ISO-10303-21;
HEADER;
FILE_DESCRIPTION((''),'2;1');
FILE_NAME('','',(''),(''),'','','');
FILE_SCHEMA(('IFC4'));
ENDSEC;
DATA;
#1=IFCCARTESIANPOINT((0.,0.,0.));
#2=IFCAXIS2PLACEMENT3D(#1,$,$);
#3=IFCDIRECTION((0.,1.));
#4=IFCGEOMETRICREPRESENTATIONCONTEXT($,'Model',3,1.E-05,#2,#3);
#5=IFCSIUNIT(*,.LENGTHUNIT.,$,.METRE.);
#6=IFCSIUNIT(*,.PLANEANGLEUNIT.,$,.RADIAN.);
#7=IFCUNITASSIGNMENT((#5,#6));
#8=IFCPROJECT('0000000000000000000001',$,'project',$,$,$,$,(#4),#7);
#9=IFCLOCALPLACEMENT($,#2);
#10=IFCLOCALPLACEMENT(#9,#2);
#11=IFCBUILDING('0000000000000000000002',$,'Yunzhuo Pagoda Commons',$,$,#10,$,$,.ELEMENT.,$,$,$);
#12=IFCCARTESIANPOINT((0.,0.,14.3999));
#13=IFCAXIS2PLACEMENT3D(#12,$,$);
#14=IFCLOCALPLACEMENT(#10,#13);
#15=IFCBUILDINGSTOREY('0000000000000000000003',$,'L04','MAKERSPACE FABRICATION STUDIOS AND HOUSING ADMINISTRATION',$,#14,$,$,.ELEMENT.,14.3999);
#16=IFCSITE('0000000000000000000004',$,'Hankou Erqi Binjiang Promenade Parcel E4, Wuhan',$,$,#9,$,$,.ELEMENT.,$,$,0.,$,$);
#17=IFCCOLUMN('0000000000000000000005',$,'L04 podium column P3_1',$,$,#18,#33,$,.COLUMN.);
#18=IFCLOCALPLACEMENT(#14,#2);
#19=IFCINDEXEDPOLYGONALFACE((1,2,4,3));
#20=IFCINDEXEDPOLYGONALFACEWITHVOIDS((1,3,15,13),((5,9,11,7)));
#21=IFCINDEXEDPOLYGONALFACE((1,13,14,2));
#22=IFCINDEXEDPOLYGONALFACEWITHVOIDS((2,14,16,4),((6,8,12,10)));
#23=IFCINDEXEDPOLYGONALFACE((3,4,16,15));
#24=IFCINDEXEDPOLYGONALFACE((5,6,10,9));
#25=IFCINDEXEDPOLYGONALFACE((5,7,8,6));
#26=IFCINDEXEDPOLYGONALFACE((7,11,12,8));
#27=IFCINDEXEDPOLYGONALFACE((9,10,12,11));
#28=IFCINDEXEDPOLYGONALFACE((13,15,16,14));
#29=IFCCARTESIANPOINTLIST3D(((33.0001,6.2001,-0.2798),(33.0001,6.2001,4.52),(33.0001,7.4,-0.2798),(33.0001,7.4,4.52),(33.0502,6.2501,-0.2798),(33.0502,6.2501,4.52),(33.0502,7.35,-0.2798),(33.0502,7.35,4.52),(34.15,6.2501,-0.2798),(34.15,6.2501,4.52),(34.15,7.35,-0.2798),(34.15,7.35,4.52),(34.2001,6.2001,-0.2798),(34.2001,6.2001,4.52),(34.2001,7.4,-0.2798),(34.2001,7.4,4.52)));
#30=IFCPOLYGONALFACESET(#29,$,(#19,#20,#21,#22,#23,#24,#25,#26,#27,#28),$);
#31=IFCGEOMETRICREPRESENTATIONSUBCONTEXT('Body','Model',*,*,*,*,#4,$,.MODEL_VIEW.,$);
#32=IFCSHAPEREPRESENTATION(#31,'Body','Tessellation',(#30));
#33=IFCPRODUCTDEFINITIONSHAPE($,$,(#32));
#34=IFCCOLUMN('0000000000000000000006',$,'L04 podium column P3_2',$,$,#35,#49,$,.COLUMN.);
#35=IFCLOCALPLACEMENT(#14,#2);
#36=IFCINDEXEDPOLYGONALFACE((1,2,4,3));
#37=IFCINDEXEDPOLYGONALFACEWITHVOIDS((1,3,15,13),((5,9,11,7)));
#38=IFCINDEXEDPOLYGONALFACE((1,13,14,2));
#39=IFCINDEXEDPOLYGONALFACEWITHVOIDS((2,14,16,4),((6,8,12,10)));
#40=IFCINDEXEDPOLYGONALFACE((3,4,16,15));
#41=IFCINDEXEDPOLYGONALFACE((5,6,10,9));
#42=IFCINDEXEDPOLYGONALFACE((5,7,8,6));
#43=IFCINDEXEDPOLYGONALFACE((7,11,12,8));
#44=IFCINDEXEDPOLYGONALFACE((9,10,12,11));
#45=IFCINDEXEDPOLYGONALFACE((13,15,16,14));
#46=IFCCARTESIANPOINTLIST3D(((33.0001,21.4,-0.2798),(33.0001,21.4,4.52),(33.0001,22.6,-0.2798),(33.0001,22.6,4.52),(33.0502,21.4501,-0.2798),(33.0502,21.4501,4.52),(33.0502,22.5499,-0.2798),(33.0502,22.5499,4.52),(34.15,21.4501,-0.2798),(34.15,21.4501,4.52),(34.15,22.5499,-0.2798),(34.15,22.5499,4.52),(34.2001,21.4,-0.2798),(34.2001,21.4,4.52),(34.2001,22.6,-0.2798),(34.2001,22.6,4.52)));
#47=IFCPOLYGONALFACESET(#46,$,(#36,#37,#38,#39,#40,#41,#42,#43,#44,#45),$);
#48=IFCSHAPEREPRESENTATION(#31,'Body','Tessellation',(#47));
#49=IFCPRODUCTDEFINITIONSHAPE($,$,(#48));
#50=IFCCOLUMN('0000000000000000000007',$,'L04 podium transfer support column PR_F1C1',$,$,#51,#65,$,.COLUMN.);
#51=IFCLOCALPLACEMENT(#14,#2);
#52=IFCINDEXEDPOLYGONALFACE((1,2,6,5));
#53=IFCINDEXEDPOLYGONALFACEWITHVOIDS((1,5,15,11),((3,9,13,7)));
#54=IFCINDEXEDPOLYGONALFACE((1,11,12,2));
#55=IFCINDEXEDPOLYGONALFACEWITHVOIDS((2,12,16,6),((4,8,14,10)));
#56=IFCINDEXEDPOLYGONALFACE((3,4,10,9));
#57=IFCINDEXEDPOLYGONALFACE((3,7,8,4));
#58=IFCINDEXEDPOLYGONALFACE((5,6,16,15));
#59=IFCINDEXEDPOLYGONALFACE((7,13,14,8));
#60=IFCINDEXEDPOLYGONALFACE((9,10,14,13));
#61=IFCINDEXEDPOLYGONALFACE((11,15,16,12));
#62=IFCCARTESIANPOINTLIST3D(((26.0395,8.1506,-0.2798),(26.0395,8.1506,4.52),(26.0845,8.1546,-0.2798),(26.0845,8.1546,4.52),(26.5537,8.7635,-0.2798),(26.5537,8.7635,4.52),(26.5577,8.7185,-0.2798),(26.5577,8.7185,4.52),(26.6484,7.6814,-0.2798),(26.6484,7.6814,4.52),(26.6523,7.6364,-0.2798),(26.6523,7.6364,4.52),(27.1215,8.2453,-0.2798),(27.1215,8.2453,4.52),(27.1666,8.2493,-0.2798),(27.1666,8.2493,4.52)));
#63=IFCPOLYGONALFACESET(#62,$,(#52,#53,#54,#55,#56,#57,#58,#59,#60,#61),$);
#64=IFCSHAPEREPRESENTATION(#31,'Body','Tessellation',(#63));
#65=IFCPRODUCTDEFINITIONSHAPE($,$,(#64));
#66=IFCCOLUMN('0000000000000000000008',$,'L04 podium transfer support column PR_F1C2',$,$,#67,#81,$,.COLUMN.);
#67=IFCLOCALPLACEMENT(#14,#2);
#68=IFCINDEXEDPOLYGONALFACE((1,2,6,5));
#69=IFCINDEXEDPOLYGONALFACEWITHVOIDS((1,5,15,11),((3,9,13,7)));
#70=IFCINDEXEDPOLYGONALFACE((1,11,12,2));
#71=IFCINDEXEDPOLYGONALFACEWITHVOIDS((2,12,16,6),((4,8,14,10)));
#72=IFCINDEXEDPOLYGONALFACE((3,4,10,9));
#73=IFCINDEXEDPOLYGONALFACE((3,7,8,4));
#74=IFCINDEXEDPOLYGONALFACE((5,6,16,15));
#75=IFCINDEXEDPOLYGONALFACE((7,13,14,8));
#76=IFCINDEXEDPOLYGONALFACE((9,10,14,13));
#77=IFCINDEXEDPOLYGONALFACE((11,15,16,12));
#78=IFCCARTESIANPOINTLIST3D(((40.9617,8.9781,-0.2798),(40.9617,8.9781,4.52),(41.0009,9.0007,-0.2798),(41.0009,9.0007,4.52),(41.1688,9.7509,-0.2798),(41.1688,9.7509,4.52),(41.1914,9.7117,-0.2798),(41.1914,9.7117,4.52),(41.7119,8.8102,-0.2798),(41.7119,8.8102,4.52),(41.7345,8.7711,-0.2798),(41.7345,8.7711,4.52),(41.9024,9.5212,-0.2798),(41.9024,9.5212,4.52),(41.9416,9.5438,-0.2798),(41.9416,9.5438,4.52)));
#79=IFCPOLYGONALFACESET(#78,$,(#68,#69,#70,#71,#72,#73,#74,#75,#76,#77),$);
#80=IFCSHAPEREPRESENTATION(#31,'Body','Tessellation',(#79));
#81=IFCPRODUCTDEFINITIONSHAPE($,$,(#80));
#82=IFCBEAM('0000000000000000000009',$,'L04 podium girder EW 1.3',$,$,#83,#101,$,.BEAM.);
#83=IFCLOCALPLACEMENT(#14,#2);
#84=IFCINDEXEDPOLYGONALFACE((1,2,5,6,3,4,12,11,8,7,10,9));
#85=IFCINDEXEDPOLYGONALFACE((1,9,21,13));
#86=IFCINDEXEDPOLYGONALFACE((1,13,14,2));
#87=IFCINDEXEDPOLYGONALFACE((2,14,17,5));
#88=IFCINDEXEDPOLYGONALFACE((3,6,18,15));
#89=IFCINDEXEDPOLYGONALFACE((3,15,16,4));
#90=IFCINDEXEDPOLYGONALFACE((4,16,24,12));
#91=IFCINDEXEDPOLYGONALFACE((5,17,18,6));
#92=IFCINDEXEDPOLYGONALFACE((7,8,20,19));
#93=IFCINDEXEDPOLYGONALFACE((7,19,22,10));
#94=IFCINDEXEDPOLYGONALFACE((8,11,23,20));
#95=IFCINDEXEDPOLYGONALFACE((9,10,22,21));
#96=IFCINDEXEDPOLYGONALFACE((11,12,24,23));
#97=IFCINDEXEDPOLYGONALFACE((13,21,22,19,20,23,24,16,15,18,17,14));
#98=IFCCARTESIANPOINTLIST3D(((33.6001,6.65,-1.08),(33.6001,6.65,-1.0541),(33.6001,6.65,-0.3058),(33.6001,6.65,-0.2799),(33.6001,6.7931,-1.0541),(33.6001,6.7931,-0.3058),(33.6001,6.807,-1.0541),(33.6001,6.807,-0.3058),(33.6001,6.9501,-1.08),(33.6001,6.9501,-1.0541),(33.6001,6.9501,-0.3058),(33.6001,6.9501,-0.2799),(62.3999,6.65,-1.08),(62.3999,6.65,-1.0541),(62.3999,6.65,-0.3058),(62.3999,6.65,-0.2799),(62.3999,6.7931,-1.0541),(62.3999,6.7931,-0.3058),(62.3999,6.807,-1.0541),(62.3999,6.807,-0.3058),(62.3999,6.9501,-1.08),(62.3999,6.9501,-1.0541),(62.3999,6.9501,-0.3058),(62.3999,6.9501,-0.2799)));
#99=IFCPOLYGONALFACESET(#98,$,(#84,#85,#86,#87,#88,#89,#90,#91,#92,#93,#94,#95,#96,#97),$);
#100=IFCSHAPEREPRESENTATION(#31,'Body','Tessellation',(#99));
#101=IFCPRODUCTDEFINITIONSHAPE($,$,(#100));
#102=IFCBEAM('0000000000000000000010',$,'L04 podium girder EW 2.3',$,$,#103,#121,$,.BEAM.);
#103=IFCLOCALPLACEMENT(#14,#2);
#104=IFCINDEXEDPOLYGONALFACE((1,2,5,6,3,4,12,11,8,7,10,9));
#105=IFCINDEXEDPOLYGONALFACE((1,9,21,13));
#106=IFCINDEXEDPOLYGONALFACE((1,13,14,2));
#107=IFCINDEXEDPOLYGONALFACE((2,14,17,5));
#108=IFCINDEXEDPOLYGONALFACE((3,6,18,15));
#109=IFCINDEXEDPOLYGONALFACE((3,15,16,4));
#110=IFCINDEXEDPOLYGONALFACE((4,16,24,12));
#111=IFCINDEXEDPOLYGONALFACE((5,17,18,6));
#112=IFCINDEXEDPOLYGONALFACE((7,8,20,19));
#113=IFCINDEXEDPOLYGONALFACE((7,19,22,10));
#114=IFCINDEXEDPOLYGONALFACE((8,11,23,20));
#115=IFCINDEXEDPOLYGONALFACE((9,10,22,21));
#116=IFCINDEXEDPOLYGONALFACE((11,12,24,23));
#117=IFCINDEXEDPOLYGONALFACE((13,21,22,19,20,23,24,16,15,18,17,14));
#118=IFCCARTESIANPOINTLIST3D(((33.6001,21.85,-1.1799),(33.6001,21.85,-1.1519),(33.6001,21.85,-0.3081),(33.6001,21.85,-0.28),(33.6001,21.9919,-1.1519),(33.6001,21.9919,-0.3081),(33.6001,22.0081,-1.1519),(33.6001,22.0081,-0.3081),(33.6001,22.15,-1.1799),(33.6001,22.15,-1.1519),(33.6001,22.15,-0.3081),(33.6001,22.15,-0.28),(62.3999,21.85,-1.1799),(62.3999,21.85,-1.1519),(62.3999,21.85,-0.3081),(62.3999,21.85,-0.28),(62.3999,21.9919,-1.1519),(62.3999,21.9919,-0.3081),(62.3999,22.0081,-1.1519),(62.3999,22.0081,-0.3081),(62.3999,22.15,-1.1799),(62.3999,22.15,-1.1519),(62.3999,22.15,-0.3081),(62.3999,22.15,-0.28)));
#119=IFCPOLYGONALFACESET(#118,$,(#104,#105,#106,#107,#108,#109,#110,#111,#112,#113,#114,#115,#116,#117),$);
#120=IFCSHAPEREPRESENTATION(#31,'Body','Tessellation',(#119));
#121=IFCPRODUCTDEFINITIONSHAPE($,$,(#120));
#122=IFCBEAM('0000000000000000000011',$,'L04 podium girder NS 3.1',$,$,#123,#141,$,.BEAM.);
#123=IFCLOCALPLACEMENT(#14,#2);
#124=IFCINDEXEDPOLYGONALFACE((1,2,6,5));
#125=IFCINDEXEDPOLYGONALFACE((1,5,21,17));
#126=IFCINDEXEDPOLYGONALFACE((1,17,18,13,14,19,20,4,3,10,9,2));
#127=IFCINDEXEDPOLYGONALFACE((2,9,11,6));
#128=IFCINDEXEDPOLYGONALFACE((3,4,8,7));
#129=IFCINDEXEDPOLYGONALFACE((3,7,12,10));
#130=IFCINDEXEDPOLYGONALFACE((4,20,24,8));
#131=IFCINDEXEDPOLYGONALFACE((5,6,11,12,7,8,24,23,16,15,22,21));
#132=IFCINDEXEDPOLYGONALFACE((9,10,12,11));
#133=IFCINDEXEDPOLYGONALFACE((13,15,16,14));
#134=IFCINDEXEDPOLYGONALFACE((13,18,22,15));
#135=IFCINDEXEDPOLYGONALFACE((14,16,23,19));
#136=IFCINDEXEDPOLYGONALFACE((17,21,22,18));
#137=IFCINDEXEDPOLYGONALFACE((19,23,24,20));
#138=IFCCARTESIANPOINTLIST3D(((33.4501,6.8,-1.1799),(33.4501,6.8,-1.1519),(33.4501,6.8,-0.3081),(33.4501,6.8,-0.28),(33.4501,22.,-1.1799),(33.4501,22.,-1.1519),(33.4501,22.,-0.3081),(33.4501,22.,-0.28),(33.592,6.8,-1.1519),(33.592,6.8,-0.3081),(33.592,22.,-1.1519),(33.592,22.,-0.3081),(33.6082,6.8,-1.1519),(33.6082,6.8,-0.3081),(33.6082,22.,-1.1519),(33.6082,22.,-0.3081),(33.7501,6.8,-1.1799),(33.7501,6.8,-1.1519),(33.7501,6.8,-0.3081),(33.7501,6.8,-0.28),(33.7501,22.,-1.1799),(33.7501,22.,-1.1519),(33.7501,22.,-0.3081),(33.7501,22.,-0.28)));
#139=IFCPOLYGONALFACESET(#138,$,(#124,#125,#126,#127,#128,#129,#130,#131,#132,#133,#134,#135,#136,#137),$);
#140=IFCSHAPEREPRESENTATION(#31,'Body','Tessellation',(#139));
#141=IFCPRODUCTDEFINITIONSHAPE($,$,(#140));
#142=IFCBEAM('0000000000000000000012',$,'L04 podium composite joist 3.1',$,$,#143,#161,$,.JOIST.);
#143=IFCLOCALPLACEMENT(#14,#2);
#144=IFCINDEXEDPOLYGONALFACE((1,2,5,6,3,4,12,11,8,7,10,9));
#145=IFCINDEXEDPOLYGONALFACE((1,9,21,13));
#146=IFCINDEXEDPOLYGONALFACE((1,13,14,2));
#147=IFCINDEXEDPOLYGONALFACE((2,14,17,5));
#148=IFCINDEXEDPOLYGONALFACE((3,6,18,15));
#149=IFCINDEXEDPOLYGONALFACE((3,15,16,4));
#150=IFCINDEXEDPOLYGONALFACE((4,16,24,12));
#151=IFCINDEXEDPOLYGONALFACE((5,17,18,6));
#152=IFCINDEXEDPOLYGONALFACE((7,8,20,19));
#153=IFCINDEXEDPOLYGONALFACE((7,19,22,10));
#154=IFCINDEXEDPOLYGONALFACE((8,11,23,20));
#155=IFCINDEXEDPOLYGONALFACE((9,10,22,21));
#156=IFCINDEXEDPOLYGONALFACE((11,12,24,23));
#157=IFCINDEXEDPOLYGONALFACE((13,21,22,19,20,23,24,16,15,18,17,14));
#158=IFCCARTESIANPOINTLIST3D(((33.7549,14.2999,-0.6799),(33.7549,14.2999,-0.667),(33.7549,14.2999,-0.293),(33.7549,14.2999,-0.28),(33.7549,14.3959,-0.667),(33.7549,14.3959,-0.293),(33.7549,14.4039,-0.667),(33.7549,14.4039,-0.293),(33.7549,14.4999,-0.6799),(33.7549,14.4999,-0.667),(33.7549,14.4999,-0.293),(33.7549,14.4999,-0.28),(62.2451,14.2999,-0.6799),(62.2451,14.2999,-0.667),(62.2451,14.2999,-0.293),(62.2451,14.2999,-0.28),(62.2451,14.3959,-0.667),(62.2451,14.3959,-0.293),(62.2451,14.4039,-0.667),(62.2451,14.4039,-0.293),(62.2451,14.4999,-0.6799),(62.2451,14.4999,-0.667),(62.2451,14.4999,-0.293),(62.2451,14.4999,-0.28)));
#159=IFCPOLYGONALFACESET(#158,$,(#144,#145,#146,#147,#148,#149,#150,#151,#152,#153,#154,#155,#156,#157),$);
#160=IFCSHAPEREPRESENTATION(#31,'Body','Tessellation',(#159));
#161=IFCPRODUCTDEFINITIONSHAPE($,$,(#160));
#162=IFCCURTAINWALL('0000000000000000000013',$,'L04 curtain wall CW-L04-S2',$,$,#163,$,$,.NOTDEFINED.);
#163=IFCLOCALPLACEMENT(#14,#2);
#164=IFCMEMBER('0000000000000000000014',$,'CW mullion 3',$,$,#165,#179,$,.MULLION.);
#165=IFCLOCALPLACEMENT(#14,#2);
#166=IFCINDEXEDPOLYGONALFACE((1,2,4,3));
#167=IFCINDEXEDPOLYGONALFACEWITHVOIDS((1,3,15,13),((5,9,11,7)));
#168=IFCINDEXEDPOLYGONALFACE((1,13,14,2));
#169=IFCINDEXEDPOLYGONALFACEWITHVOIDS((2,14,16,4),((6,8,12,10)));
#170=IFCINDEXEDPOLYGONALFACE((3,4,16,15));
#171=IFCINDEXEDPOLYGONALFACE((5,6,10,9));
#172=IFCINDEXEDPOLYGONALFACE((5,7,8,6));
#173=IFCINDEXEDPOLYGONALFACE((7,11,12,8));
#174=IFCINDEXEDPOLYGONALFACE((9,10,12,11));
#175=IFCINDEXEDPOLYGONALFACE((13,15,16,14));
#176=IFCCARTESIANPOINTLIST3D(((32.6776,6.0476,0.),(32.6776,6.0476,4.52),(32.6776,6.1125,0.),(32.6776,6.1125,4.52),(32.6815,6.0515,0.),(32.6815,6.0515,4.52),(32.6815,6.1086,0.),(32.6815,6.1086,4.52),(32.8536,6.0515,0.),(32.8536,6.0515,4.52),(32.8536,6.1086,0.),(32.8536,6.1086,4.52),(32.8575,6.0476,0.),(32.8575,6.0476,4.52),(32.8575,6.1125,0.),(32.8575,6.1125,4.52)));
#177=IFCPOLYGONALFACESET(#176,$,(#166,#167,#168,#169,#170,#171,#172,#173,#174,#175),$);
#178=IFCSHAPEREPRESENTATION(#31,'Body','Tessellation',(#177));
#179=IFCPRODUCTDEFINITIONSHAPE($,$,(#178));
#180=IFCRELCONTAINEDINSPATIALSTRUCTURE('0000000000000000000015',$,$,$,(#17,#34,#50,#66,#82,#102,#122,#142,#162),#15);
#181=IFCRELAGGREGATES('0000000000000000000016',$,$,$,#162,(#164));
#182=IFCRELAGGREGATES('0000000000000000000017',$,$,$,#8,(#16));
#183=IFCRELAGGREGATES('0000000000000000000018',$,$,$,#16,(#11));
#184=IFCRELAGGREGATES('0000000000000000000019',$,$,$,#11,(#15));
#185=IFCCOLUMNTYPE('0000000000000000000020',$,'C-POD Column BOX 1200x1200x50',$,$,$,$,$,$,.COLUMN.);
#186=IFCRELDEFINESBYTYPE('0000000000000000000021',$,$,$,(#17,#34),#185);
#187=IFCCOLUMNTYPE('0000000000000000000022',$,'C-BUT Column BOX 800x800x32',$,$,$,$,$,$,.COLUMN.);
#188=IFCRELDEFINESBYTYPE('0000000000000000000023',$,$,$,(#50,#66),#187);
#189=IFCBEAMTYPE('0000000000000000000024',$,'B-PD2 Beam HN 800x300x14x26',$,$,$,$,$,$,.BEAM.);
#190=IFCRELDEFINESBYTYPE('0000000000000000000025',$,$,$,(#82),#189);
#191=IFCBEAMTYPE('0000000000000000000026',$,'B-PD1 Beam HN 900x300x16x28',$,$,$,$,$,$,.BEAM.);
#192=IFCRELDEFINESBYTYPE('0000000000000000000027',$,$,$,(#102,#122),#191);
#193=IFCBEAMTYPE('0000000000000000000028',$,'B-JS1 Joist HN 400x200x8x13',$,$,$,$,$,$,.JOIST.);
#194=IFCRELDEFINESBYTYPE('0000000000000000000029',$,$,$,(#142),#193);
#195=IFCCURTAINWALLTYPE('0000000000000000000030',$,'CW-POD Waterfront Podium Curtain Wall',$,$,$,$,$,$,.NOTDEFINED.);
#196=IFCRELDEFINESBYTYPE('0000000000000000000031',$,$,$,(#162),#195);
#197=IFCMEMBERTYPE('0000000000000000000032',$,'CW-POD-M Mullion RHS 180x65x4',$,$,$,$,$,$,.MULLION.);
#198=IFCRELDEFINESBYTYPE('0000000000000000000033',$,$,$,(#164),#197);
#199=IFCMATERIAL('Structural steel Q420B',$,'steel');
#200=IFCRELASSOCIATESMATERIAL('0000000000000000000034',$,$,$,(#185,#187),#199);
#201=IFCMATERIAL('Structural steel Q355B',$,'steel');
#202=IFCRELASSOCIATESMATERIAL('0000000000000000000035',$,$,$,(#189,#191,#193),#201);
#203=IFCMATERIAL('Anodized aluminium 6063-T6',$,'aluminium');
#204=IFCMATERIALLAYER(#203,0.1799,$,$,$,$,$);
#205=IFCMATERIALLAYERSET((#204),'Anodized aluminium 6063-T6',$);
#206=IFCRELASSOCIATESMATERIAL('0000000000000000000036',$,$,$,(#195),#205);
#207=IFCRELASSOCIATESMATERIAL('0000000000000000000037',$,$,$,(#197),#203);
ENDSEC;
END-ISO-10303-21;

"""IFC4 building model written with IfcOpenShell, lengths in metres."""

from ifc_helpers import new_model, si_unit, direction, frame, origin, origin_2d, place, context, subcontext, project, spatial, hollow_rectangle, i_section, extrude, source, transform, mapped, material, layer, layer_set, material_profile, profile_set, type_object, element, aggregate, save


model = new_model("IFC4")

# Units and contexts
model_context = context("Model", 3, precision=1e-05, world=origin(), true_north=direction((0.0, 1.0)))
body_context = subcontext(model_context, "Body", "Model", "MODEL_VIEW")
ifc_project = project(units=[si_unit("LENGTHUNIT", "METRE"), si_unit("PLANEANGLEUNIT", "RADIAN")], contexts=[model_context])

# Site, building, storey
site_placement = place(None, origin())
site = spatial("IfcSite", under=ifc_project, at=site_placement, Name="Hankou Erqi Binjiang Promenade Parcel E4, Wuhan", CompositionType="ELEMENT", RefElevation=0.0)
building_placement = place(site_placement, origin())
building = spatial("IfcBuilding", under=site, at=building_placement, Name="Yunzhuo Pagoda Commons", CompositionType="ELEMENT")
storey_placement = place(building_placement, frame((0.0, 0.0, 14.3999)))
storey = spatial("IfcBuildingStorey", under=building, at=storey_placement, Name="L04", Description="MAKERSPACE FABRICATION STUDIOS AND HOUSING ADMINISTRATION", CompositionType="ELEMENT", Elevation=14.3999)

# Columns
ifc_material_1 = material(Name="Structural steel Q420B", Category="steel")
ifc_material_profile_1 = material_profile(ifc_material_1, hollow_rectangle(XDim=1.2, YDim=1.2, WallThickness=0.05, at=origin_2d()), Name="Structural steel Q420B")
ifc_profile_set_1 = profile_set([ifc_material_profile_1], Name="Structural steel Q420B")
column_type_1 = type_object("IfcColumnType", Name="C-POD Column BOX 1200x1200x50", PredefinedType="COLUMN", material=ifc_profile_set_1)
shared_shape_1 = source(origin(), body_context, "Body", "SweptSolid", [
    extrude(hollow_rectangle(XDim=1.2, YDim=1.2, WallThickness=0.05, at=origin_2d()), origin(), (0.0, 0.0, 1.0), 4.7998),
])
for number, where, z_axis, x_axis, name in (
    (1, (33.6001, 6.8, -0.2798), (0.0, 0.0, 1.0), (1.0, 0.0, 0.0), "L04 podium column P3_1"),
    (2, (33.6001, 22.0, -0.2798), (0.0, 0.0, 1.0), (1.0, 0.0, 0.0), "L04 podium column P3_2"),
):
    element("IfcColumn", number, at=place(storey_placement, frame(where, z_axis=z_axis, x_axis=x_axis)), inside=storey, type_object=column_type_1, Name=name, PredefinedType="COLUMN", context=body_context, shape_type="MappedRepresentation", body=[
        mapped(shared_shape_1, transform((0.0, 0.0, 0.0), scale=1.0)),
    ])
ifc_material_profile_2 = material_profile(ifc_material_1, hollow_rectangle(XDim=0.8, YDim=0.8, WallThickness=0.032, at=origin_2d()), Name="Structural steel Q420B")
ifc_profile_set_2 = profile_set([ifc_material_profile_2], Name="Structural steel Q420B")
column_type_2 = type_object("IfcColumnType", Name="C-BUT Column BOX 800x800x32", PredefinedType="COLUMN", material=ifc_profile_set_2)
shared_shape_2 = source(origin(), body_context, "Body", "SweptSolid", [
    extrude(hollow_rectangle(XDim=0.8, YDim=0.8, WallThickness=0.032, at=origin_2d()), origin(), (0.0, 0.0, 1.0), 4.7998),
])
for number, where, z_axis, x_axis, name in (
    (3, (26.603, 8.2, -0.2798), (0.0, 0.0, 1.0), (0.766044, -0.642788, 0.0), "L04 podium transfer support column PR_F1C1"),
    (4, (41.4517, 9.261, -0.2798), (0.0, 0.0, 1.0), (0.965926, -0.258819, 0.0), "L04 podium transfer support column PR_F1C2"),
):
    element("IfcColumn", number, at=place(storey_placement, frame(where, z_axis=z_axis, x_axis=x_axis)), inside=storey, type_object=column_type_2, Name=name, PredefinedType="COLUMN", context=body_context, shape_type="MappedRepresentation", body=[
        mapped(shared_shape_2, transform((0.0, 0.0, 0.0), scale=1.0)),
    ])

# Beams
ifc_material_2 = material(Name="Structural steel Q355B", Category="steel")
ifc_material_profile_3 = material_profile(ifc_material_2, i_section(OverallWidth=0.3, OverallDepth=0.8, WebThickness=0.0139, FlangeThickness=0.0259, at=origin_2d()), Name="Structural steel Q355B")
ifc_profile_set_3 = profile_set([ifc_material_profile_3], Name="Structural steel Q355B")
beam_type_1 = type_object("IfcBeamType", Name="B-PD2 Beam HN 800x300x14x26", PredefinedType="BEAM", material=ifc_profile_set_3)
shared_shape_3 = source(origin(), body_context, "Body", "SweptSolid", [
    extrude(i_section(OverallWidth=0.3, OverallDepth=0.8, WebThickness=0.0139, FlangeThickness=0.0259, at=origin_2d()), origin(), (0.0, 0.0, 1.0), 28.7998),
])
beam_1_placement = place(storey_placement, frame((33.6001, 6.8, -0.6799), z_axis=(1.0, 0.0, 0.0), x_axis=(0.0, 1.0, 0.0)))
element("IfcBeam", 5, at=beam_1_placement, inside=storey, type_object=beam_type_1, Name="L04 podium girder EW 1.3", PredefinedType="BEAM", context=body_context, shape_type="MappedRepresentation", body=[
    mapped(shared_shape_3, transform((0.0, 0.0, 0.0), scale=1.0)),
])
ifc_material_profile_4 = material_profile(ifc_material_2, i_section(OverallWidth=0.3, OverallDepth=0.8999, WebThickness=0.0161, FlangeThickness=0.0281, at=origin_2d()), Name="Structural steel Q355B")
ifc_profile_set_4 = profile_set([ifc_material_profile_4], Name="Structural steel Q355B")
beam_type_2 = type_object("IfcBeamType", Name="B-PD1 Beam HN 900x300x16x28", PredefinedType="BEAM", material=ifc_profile_set_4)
shared_shape_4 = source(origin(), body_context, "Body", "SweptSolid", [
    extrude(i_section(OverallWidth=0.3, OverallDepth=0.8999, WebThickness=0.0161, FlangeThickness=0.0281, at=origin_2d()), origin(), (0.0, 0.0, 1.0), 28.7998),
])
beam_2_placement = place(storey_placement, frame((33.6001, 22.0, -0.73), z_axis=(1.0, 0.0, 0.0), x_axis=(0.0, 1.0, 0.0)))
element("IfcBeam", 6, at=beam_2_placement, inside=storey, type_object=beam_type_2, Name="L04 podium girder EW 2.3", PredefinedType="BEAM", context=body_context, shape_type="MappedRepresentation", body=[
    mapped(shared_shape_4, transform((0.0, 0.0, 0.0), scale=1.0)),
])
shared_shape_5 = source(origin(), body_context, "Body", "SweptSolid", [
    extrude(i_section(OverallWidth=0.3, OverallDepth=0.8999, WebThickness=0.0161, FlangeThickness=0.0281, at=origin_2d()), origin(), (0.0, 0.0, 1.0), 15.2),
])
beam_3_placement = place(storey_placement, frame((33.6001, 6.8, -0.73), z_axis=(0.0, 1.0, 0.0), x_axis=(-1.0, 0.0, 0.0)))
element("IfcBeam", 7, at=beam_3_placement, inside=storey, type_object=beam_type_2, Name="L04 podium girder NS 3.1", PredefinedType="BEAM", context=body_context, shape_type="MappedRepresentation", body=[
    mapped(shared_shape_5, transform((0.0, 0.0, 0.0), scale=1.0)),
])
ifc_material_profile_5 = material_profile(ifc_material_2, i_section(OverallWidth=0.2, OverallDepth=0.3999, WebThickness=0.0081, FlangeThickness=0.0129, at=origin_2d()), Name="Structural steel Q355B")
ifc_profile_set_5 = profile_set([ifc_material_profile_5], Name="Structural steel Q355B")
beam_type_3 = type_object("IfcBeamType", Name="B-JS1 Joist HN 400x200x8x13", PredefinedType="JOIST", material=ifc_profile_set_5)
shared_shape_6 = source(origin(), body_context, "Body", "SweptSolid", [
    extrude(i_section(OverallWidth=0.2, OverallDepth=0.3999, WebThickness=0.0081, FlangeThickness=0.0129, at=origin_2d()), origin(), (0.0, 0.0, 1.0), 28.4902),
])
beam_4_placement = place(storey_placement, frame((33.7549, 14.3999, -0.48), z_axis=(1.0, 0.0, 0.0), x_axis=(0.0, 1.0, 0.0)))
element("IfcBeam", 8, at=beam_4_placement, inside=storey, type_object=beam_type_3, Name="L04 podium composite joist 3.1", PredefinedType="JOIST", context=body_context, shape_type="MappedRepresentation", body=[
    mapped(shared_shape_6, transform((0.0, 0.0, 0.0), scale=1.0)),
])

# Curtain wall, member
ifc_material_3 = material(Name="Anodized aluminium 6063-T6", Category="aluminium")
ifc_layer_1 = layer(ifc_material_3, 0.1799)
ifc_layer_set_1 = layer_set([ifc_layer_1], Name="Anodized aluminium 6063-T6")
curtain_wall_type = type_object("IfcCurtainWallType", Name="CW-POD Waterfront Podium Curtain Wall", PredefinedType="NOTDEFINED", material=ifc_layer_set_1)
curtain_wall_1_placement = place(storey_placement, origin())
curtain_wall_1 = element("IfcCurtainWall", 9, at=curtain_wall_1_placement, inside=storey, type_object=curtain_wall_type, Name="L04 curtain wall CW-L04-S2", PredefinedType="NOTDEFINED")
ifc_material_profile_6 = material_profile(ifc_material_3, hollow_rectangle(XDim=0.0649, YDim=0.1799, WallThickness=0.0039, at=origin_2d()), Name="Anodized aluminium 6063-T6")
ifc_profile_set_6 = profile_set([ifc_material_profile_6], Name="Anodized aluminium 6063-T6")
member_type_1 = type_object("IfcMemberType", Name="CW-POD-M Mullion RHS 180x65x4", PredefinedType="MULLION", material=ifc_profile_set_6)
shared_shape_7 = source(origin(), body_context, "Body", "SweptSolid", [
    extrude(hollow_rectangle(XDim=0.0649, YDim=0.1799, WallThickness=0.0039, at=origin_2d()), origin(), (0.0, 0.0, 1.0), 4.52),
])
member_1_placement = place(storey_placement, frame((32.7676, 6.0801, 0.0), z_axis=(0.0, 0.0, 1.0), x_axis=(0.0, 1.0, 0.0)))
member_1 = element("IfcMember", 10, at=member_1_placement, type_object=member_type_1, Name="CW mullion 3", PredefinedType="MULLION", context=body_context, shape_type="MappedRepresentation", body=[
    mapped(shared_shape_7, transform((0.0, 0.0, 0.0), scale=1.0)),
])

aggregate(curtain_wall_1, [member_1])

save(model, "model.ifc")
